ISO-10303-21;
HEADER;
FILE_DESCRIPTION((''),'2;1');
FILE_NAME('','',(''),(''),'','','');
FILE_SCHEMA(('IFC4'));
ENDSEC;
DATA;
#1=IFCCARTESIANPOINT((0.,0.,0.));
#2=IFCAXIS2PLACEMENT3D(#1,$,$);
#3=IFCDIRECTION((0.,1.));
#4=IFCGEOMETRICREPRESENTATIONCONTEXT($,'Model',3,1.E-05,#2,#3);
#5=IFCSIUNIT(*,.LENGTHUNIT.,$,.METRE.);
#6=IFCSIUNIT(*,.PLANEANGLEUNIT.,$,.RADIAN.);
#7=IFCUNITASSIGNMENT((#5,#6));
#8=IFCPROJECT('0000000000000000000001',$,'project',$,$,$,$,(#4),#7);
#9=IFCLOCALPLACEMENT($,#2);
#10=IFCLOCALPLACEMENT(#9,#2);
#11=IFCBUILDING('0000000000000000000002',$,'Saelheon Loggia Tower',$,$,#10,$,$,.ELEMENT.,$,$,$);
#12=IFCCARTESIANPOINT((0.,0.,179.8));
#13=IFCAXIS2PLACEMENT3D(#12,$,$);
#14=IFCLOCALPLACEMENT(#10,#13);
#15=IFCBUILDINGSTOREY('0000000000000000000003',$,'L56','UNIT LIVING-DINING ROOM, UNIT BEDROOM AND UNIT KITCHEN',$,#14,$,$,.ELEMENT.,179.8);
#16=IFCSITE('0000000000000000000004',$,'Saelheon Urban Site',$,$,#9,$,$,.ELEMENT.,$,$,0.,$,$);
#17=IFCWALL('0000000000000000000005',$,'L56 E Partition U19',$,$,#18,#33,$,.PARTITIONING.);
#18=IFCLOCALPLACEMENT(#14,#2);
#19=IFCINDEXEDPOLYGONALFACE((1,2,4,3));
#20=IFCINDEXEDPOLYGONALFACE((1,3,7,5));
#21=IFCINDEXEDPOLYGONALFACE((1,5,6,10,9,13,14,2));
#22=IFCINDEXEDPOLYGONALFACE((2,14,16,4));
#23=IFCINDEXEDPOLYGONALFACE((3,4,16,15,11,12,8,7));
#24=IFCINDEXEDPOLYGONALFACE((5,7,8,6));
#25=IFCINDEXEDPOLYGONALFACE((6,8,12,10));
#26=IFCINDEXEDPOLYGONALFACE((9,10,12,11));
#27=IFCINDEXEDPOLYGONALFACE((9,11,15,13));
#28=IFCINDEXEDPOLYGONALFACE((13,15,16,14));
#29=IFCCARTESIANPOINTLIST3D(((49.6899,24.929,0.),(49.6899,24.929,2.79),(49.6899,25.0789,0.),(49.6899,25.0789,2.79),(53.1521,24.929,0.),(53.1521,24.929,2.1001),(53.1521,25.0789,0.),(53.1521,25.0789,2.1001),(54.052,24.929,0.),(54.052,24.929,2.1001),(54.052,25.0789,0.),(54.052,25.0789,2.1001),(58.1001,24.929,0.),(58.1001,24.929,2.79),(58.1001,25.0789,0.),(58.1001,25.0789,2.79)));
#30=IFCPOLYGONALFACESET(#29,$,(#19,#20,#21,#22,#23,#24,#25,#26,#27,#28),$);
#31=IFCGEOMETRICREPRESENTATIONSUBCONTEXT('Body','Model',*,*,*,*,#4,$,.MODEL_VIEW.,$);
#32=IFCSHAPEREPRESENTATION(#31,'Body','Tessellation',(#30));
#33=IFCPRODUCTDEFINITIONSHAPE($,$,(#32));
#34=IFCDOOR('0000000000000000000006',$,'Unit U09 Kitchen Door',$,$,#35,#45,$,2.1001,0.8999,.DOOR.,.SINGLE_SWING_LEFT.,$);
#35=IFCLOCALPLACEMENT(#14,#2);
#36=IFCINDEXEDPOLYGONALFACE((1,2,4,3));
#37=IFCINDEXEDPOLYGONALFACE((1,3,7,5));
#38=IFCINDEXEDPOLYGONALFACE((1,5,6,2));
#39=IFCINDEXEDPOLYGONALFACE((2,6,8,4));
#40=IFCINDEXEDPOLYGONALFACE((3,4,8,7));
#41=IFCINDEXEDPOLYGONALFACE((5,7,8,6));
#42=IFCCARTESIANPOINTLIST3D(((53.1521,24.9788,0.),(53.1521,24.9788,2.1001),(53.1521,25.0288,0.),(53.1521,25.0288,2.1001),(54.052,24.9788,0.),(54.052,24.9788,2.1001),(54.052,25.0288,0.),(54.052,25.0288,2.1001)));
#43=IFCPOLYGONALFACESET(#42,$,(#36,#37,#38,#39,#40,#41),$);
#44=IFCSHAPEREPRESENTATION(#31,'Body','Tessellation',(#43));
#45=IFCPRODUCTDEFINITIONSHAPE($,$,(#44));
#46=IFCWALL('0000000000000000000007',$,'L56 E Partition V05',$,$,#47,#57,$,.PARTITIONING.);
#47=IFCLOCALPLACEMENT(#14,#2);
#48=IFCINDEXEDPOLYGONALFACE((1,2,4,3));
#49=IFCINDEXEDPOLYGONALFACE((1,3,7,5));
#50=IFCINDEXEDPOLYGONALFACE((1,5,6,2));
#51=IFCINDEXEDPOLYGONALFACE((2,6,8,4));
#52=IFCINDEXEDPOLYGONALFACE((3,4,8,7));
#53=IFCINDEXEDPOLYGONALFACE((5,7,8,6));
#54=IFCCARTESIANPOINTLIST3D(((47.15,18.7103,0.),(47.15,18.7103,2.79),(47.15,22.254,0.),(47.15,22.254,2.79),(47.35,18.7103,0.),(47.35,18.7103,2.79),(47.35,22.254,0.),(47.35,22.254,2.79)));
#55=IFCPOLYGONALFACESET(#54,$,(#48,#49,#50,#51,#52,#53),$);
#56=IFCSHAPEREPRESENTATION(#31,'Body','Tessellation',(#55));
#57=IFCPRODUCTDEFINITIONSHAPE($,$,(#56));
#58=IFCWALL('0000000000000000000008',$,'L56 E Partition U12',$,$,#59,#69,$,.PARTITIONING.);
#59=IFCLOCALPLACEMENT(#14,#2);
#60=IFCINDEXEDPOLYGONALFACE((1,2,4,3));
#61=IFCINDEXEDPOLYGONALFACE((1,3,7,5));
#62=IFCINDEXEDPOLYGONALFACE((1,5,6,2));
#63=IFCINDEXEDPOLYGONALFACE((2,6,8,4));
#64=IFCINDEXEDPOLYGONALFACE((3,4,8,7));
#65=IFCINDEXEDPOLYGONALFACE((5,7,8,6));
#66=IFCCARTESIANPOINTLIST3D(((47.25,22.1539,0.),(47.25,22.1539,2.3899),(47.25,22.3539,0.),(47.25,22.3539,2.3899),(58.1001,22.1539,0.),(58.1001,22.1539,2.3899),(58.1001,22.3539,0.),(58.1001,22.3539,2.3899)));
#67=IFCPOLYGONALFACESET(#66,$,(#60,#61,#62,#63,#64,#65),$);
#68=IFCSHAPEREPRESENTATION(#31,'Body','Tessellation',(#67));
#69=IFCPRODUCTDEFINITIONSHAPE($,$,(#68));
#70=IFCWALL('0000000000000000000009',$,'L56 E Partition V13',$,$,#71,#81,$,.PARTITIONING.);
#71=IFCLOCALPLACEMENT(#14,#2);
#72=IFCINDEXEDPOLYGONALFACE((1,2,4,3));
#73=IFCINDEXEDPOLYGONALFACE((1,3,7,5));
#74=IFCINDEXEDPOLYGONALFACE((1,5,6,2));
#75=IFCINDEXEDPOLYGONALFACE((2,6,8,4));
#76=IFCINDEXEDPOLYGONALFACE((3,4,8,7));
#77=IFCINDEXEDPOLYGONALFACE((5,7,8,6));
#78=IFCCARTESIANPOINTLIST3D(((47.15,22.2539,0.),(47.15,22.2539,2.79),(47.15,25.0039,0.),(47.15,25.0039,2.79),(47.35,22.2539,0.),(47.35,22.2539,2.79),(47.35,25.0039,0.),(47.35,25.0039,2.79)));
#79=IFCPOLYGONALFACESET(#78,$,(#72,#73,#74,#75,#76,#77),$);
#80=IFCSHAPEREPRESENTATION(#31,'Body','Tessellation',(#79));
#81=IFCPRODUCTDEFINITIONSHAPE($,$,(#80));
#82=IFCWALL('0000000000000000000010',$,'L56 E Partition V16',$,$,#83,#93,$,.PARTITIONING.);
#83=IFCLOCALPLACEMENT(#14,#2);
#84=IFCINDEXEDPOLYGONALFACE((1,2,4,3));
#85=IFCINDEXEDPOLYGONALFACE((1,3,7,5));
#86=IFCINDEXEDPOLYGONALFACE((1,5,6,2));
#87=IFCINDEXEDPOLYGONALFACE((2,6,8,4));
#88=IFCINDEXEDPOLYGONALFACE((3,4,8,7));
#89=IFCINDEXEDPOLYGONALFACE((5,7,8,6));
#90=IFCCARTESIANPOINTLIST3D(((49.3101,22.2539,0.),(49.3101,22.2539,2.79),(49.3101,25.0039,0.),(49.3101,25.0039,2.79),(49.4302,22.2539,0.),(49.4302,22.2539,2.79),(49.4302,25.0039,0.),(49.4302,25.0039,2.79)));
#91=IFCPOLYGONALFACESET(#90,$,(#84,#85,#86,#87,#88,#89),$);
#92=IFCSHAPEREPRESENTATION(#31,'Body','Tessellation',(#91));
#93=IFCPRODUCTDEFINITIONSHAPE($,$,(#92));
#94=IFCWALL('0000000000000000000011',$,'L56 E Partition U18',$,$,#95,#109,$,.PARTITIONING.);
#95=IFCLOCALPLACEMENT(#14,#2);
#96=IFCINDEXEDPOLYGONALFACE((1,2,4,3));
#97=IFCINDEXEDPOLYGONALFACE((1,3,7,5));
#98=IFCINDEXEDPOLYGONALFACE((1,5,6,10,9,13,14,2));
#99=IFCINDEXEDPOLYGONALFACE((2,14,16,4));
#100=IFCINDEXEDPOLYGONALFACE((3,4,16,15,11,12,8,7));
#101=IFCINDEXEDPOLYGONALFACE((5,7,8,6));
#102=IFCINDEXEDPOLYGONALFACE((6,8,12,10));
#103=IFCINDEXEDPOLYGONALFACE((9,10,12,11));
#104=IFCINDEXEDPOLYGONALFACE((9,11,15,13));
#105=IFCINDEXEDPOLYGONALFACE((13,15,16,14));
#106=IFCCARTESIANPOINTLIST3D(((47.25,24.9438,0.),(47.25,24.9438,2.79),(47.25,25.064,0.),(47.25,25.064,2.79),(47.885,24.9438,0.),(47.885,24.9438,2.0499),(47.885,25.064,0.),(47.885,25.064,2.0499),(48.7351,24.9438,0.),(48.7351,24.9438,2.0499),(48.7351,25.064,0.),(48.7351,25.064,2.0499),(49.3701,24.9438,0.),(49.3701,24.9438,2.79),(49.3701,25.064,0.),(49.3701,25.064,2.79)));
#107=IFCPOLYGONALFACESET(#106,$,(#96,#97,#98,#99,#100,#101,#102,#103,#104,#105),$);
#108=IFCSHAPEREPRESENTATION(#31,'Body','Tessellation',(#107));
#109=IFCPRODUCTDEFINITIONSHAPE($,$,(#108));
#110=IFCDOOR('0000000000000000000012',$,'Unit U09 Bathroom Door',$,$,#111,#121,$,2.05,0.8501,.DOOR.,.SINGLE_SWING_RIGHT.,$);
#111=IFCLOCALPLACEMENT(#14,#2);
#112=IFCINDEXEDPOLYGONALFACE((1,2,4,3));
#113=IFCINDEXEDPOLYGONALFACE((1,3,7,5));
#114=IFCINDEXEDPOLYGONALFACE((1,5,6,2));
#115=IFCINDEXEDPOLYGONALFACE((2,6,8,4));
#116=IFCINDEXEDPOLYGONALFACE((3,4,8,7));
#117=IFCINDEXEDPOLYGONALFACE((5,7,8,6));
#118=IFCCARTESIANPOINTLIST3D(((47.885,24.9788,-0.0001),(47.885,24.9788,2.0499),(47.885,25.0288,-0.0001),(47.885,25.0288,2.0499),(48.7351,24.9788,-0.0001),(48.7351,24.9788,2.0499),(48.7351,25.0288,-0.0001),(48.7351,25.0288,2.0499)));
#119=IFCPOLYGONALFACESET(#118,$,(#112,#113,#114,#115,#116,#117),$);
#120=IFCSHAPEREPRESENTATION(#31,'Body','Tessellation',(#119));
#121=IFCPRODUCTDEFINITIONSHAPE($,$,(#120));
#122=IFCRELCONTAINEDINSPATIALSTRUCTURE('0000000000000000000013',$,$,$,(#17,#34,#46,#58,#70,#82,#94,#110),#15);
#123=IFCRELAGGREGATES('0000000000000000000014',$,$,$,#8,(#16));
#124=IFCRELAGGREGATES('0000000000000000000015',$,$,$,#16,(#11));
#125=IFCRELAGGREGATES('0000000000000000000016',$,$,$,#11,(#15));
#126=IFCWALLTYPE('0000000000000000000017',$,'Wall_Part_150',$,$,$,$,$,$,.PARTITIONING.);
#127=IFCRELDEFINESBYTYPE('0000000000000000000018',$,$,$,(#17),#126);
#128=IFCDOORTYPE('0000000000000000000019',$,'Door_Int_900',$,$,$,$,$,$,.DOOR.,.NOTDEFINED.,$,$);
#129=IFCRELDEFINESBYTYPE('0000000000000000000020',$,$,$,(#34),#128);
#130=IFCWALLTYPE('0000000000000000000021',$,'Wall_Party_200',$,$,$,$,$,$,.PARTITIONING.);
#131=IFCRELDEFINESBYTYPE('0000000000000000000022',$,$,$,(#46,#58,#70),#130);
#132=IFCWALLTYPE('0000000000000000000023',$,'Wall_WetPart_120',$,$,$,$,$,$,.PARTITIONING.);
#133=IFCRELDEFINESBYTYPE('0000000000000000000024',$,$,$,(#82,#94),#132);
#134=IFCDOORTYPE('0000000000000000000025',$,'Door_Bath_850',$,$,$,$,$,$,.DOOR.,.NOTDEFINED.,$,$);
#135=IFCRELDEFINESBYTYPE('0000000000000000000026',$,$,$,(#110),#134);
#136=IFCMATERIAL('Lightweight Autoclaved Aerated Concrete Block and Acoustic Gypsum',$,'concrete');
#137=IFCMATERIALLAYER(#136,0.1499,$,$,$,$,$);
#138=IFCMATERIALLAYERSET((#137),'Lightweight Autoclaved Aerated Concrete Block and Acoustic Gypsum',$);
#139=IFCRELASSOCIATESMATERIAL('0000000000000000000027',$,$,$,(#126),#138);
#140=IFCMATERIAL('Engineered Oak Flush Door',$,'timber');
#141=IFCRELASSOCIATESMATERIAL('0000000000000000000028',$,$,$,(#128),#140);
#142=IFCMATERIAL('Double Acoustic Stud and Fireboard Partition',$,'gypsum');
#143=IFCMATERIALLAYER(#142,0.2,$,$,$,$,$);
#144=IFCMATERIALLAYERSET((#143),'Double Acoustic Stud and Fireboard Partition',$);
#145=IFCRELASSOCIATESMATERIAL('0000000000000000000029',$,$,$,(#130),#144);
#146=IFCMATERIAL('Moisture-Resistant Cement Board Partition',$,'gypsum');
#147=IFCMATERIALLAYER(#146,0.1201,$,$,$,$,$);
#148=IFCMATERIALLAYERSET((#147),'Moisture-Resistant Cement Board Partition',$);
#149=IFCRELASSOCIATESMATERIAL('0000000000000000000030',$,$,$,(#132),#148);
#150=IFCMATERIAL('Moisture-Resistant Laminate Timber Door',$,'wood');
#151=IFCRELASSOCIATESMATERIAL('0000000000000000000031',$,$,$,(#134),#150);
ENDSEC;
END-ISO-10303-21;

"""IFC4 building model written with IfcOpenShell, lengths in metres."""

from ifc_helpers import new_model, si_unit, direction, frame, frame_2d, origin, place, context, subcontext, project, spatial, rectangle, extrude, source, transform, mapped, material, layer, layer_set, type_object, element, fill, save


model = new_model("IFC4")

# Units and contexts
model_context = context("Model", 3, precision=1e-05, world=origin(), true_north=direction((0.0, 1.0)))
body_context = subcontext(model_context, "Body", "Model", "MODEL_VIEW")
ifc_project = project(units=[si_unit("LENGTHUNIT", "METRE"), si_unit("PLANEANGLEUNIT", "RADIAN")], contexts=[model_context])

# Site, building, storey
site_placement = place(None, origin())
site = spatial("IfcSite", under=ifc_project, at=site_placement, Name="Saelheon Urban Site", CompositionType="ELEMENT", RefElevation=0.0)
building_placement = place(site_placement, origin())
building = spatial("IfcBuilding", under=site, at=building_placement, Name="Saelheon Loggia Tower", CompositionType="ELEMENT")
storey_placement = place(building_placement, frame((0.0, 0.0, 179.8)))
storey = spatial("IfcBuildingStorey", under=building, at=storey_placement, Name="L56", Description="UNIT LIVING-DINING ROOM, UNIT BEDROOM AND UNIT KITCHEN", CompositionType="ELEMENT", Elevation=179.8)

# Shared definitions
ifc_material_1 = material(Name="Lightweight Autoclaved Aerated Concrete Block and Acoustic Gypsum", Category="concrete")
ifc_layer_1 = layer(ifc_material_1, 0.1499)
ifc_layer_set_1 = layer_set([ifc_layer_1], Name="Lightweight Autoclaved Aerated Concrete Block and Acoustic Gypsum")
wall_type_1 = type_object("IfcWallType", Name="Wall_Part_150", PredefinedType="PARTITIONING", material=ifc_layer_set_1)

# Wall, opening, door
ifc_material_2 = material(Name="Engineered Oak Flush Door", Category="timber")
door_type_1 = type_object("IfcDoorType", Name="Door_Int_900", OperationType="NOTDEFINED", PredefinedType="DOOR", material=ifc_material_2)
shared_shape_1 = source(origin(), body_context, "Body", "SweptSolid", [
    extrude(rectangle(XDim=0.8999, YDim=2.1001, at=frame_2d((0.45, 1.05))), frame((0.0, 0.0249, 0.0), z_axis=(0.0, -1.0, 0.0), x_axis=(1.0, 0.0, 0.0)), (0.0, 0.0, 1.0), 0.05),
])
wall_1_placement = place(storey_placement, frame((49.6899, 25.0039, 0.0), z_axis=(0.0, 0.0, 1.0), x_axis=(1.0, 0.0, 0.0)))
wall_1 = element("IfcWall", 1, at=wall_1_placement, inside=storey, type_object=wall_type_1, Name="L56 E Partition U19", PredefinedType="PARTITIONING", context=body_context, shape_type="SweptSolid", body=[
    extrude(rectangle(XDim=8.4102, YDim=0.1499, at=frame_2d((4.2051, 0.0))), origin(), (0.0, 0.0, 1.0), 2.79),
])
opening_1_placement = place(wall_1_placement, frame((3.4622, 0.0, 0.0)))
opening_1 = element("IfcOpeningElement", 2, at=opening_1_placement, cuts=wall_1, PredefinedType="OPENING", context=body_context, shape_type="SweptSolid", body=[
    extrude(rectangle(XDim=0.8999, YDim=2.1001, at=frame_2d((0.45, 1.05))), frame((0.0, 0.0869, 0.0), z_axis=(0.0, -1.0, 0.0), x_axis=(1.0, 0.0, 0.0)), (0.0, 0.0, 1.0), 0.1738),
])
door_1_placement = place(opening_1_placement, origin())
door_1 = element("IfcDoor", 3, at=door_1_placement, inside=storey, type_object=door_type_1, Name="Unit U09 Kitchen Door", OperationType="SINGLE_SWING_LEFT", OverallHeight=2.1001, OverallWidth=0.8999, PredefinedType="DOOR", context=body_context, shape_type="MappedRepresentation", body=[
    mapped(shared_shape_1, transform((0.0, 0.0, 0.0), scale=1.0)),
])
fill(opening_1, door_1)

# Walls
ifc_material_3 = material(Name="Double Acoustic Stud and Fireboard Partition", Category="gypsum")
ifc_layer_2 = layer(ifc_material_3, 0.2)
ifc_layer_set_2 = layer_set([ifc_layer_2], Name="Double Acoustic Stud and Fireboard Partition")
wall_type_2 = type_object("IfcWallType", Name="Wall_Party_200", PredefinedType="PARTITIONING", material=ifc_layer_set_2)
wall_2_placement = place(storey_placement, frame((47.25, 18.7102, 0.0), z_axis=(0.0, 0.0, 1.0), x_axis=(0.0, 1.0, 0.0)))
element("IfcWall", 4, at=wall_2_placement, inside=storey, type_object=wall_type_2, Name="L56 E Partition V05", PredefinedType="PARTITIONING", context=body_context, shape_type="SweptSolid", body=[
    extrude(rectangle(XDim=3.5437, YDim=0.2, at=frame_2d((1.772, 0.0))), origin(), (0.0, 0.0, 1.0), 2.79),
])
wall_3_placement = place(storey_placement, frame((47.25, 22.2539, 0.0), z_axis=(0.0, 0.0, 1.0), x_axis=(1.0, 0.0, 0.0)))
element("IfcWall", 5, at=wall_3_placement, inside=storey, type_object=wall_type_2, Name="L56 E Partition U12", PredefinedType="PARTITIONING", context=body_context, shape_type="SweptSolid", body=[
    extrude(rectangle(XDim=10.8501, YDim=0.2, at=frame_2d((5.425, 0.0))), origin(), (0.0, 0.0, 1.0), 2.3899),
])
wall_4_placement = place(storey_placement, frame((47.25, 22.2539, 0.0), z_axis=(0.0, 0.0, 1.0), x_axis=(0.0, 1.0, 0.0)))
element("IfcWall", 6, at=wall_4_placement, inside=storey, type_object=wall_type_2, Name="L56 E Partition V13", PredefinedType="PARTITIONING", context=body_context, shape_type="SweptSolid", body=[
    extrude(rectangle(XDim=2.75, YDim=0.2, at=frame_2d((1.375, 0.0))), origin(), (0.0, 0.0, 1.0), 2.79),
])

# Wall
ifc_material_4 = material(Name="Moisture-Resistant Cement Board Partition", Category="gypsum")
ifc_layer_3 = layer(ifc_material_4, 0.1201)
ifc_layer_set_3 = layer_set([ifc_layer_3], Name="Moisture-Resistant Cement Board Partition")
wall_type_3 = type_object("IfcWallType", Name="Wall_WetPart_120", PredefinedType="PARTITIONING", material=ifc_layer_set_3)
wall_5_placement = place(storey_placement, frame((49.3701, 22.2539, 0.0), z_axis=(0.0, 0.0, 1.0), x_axis=(0.0, 1.0, 0.0)))
element("IfcWall", 7, at=wall_5_placement, inside=storey, type_object=wall_type_3, Name="L56 E Partition V16", PredefinedType="PARTITIONING", context=body_context, shape_type="SweptSolid", body=[
    extrude(rectangle(XDim=2.75, YDim=0.1201, at=frame_2d((1.375, 0.0))), origin(), (0.0, 0.0, 1.0), 2.79),
])

# Wall, opening, door
wall_6_placement = place(storey_placement, frame((47.25, 25.0039, 0.0), z_axis=(0.0, 0.0, 1.0), x_axis=(1.0, 0.0, 0.0)))
wall_6 = element("IfcWall", 8, at=wall_6_placement, inside=storey, type_object=wall_type_3, Name="L56 E Partition U18", PredefinedType="PARTITIONING", context=body_context, shape_type="SweptSolid", body=[
    extrude(rectangle(XDim=2.1201, YDim=0.1201, at=frame_2d((1.0601, 0.0))), origin(), (0.0, 0.0, 1.0), 2.79),
])
opening_2_placement = place(wall_6_placement, frame((0.635, 0.0, 0.0)))
opening_2 = element("IfcOpeningElement", 9, at=opening_2_placement, cuts=wall_6, PredefinedType="OPENING", context=body_context, shape_type="SweptSolid", body=[
    extrude(rectangle(XDim=0.8501, YDim=2.05, at=frame_2d((0.425, 1.0249))), frame((0.0, 0.072, 0.0), z_axis=(0.0, -1.0, 0.0), x_axis=(1.0, 0.0, 0.0)), (0.0, 0.0, 1.0), 0.144),
])
ifc_material_5 = material(Name="Moisture-Resistant Laminate Timber Door", Category="wood")
door_type_2 = type_object("IfcDoorType", Name="Door_Bath_850", OperationType="NOTDEFINED", PredefinedType="DOOR", material=ifc_material_5)
shared_shape_2 = source(origin(), body_context, "Body", "SweptSolid", [
    extrude(rectangle(XDim=0.8501, YDim=2.05, at=frame_2d((0.425, 1.0249))), frame((0.0, 0.0249, 0.0), z_axis=(0.0, -1.0, 0.0), x_axis=(1.0, 0.0, 0.0)), (0.0, 0.0, 1.0), 0.05),
])
door_2_placement = place(opening_2_placement, origin())
door_2 = element("IfcDoor", 10, at=door_2_placement, inside=storey, type_object=door_type_2, Name="Unit U09 Bathroom Door", OperationType="SINGLE_SWING_RIGHT", OverallHeight=2.05, OverallWidth=0.8501, PredefinedType="DOOR", context=body_context, shape_type="MappedRepresentation", body=[
    mapped(shared_shape_2, transform((0.0, 0.0, 0.0), scale=1.0)),
])
fill(opening_2, door_2)

save(model, "model.ifc")
